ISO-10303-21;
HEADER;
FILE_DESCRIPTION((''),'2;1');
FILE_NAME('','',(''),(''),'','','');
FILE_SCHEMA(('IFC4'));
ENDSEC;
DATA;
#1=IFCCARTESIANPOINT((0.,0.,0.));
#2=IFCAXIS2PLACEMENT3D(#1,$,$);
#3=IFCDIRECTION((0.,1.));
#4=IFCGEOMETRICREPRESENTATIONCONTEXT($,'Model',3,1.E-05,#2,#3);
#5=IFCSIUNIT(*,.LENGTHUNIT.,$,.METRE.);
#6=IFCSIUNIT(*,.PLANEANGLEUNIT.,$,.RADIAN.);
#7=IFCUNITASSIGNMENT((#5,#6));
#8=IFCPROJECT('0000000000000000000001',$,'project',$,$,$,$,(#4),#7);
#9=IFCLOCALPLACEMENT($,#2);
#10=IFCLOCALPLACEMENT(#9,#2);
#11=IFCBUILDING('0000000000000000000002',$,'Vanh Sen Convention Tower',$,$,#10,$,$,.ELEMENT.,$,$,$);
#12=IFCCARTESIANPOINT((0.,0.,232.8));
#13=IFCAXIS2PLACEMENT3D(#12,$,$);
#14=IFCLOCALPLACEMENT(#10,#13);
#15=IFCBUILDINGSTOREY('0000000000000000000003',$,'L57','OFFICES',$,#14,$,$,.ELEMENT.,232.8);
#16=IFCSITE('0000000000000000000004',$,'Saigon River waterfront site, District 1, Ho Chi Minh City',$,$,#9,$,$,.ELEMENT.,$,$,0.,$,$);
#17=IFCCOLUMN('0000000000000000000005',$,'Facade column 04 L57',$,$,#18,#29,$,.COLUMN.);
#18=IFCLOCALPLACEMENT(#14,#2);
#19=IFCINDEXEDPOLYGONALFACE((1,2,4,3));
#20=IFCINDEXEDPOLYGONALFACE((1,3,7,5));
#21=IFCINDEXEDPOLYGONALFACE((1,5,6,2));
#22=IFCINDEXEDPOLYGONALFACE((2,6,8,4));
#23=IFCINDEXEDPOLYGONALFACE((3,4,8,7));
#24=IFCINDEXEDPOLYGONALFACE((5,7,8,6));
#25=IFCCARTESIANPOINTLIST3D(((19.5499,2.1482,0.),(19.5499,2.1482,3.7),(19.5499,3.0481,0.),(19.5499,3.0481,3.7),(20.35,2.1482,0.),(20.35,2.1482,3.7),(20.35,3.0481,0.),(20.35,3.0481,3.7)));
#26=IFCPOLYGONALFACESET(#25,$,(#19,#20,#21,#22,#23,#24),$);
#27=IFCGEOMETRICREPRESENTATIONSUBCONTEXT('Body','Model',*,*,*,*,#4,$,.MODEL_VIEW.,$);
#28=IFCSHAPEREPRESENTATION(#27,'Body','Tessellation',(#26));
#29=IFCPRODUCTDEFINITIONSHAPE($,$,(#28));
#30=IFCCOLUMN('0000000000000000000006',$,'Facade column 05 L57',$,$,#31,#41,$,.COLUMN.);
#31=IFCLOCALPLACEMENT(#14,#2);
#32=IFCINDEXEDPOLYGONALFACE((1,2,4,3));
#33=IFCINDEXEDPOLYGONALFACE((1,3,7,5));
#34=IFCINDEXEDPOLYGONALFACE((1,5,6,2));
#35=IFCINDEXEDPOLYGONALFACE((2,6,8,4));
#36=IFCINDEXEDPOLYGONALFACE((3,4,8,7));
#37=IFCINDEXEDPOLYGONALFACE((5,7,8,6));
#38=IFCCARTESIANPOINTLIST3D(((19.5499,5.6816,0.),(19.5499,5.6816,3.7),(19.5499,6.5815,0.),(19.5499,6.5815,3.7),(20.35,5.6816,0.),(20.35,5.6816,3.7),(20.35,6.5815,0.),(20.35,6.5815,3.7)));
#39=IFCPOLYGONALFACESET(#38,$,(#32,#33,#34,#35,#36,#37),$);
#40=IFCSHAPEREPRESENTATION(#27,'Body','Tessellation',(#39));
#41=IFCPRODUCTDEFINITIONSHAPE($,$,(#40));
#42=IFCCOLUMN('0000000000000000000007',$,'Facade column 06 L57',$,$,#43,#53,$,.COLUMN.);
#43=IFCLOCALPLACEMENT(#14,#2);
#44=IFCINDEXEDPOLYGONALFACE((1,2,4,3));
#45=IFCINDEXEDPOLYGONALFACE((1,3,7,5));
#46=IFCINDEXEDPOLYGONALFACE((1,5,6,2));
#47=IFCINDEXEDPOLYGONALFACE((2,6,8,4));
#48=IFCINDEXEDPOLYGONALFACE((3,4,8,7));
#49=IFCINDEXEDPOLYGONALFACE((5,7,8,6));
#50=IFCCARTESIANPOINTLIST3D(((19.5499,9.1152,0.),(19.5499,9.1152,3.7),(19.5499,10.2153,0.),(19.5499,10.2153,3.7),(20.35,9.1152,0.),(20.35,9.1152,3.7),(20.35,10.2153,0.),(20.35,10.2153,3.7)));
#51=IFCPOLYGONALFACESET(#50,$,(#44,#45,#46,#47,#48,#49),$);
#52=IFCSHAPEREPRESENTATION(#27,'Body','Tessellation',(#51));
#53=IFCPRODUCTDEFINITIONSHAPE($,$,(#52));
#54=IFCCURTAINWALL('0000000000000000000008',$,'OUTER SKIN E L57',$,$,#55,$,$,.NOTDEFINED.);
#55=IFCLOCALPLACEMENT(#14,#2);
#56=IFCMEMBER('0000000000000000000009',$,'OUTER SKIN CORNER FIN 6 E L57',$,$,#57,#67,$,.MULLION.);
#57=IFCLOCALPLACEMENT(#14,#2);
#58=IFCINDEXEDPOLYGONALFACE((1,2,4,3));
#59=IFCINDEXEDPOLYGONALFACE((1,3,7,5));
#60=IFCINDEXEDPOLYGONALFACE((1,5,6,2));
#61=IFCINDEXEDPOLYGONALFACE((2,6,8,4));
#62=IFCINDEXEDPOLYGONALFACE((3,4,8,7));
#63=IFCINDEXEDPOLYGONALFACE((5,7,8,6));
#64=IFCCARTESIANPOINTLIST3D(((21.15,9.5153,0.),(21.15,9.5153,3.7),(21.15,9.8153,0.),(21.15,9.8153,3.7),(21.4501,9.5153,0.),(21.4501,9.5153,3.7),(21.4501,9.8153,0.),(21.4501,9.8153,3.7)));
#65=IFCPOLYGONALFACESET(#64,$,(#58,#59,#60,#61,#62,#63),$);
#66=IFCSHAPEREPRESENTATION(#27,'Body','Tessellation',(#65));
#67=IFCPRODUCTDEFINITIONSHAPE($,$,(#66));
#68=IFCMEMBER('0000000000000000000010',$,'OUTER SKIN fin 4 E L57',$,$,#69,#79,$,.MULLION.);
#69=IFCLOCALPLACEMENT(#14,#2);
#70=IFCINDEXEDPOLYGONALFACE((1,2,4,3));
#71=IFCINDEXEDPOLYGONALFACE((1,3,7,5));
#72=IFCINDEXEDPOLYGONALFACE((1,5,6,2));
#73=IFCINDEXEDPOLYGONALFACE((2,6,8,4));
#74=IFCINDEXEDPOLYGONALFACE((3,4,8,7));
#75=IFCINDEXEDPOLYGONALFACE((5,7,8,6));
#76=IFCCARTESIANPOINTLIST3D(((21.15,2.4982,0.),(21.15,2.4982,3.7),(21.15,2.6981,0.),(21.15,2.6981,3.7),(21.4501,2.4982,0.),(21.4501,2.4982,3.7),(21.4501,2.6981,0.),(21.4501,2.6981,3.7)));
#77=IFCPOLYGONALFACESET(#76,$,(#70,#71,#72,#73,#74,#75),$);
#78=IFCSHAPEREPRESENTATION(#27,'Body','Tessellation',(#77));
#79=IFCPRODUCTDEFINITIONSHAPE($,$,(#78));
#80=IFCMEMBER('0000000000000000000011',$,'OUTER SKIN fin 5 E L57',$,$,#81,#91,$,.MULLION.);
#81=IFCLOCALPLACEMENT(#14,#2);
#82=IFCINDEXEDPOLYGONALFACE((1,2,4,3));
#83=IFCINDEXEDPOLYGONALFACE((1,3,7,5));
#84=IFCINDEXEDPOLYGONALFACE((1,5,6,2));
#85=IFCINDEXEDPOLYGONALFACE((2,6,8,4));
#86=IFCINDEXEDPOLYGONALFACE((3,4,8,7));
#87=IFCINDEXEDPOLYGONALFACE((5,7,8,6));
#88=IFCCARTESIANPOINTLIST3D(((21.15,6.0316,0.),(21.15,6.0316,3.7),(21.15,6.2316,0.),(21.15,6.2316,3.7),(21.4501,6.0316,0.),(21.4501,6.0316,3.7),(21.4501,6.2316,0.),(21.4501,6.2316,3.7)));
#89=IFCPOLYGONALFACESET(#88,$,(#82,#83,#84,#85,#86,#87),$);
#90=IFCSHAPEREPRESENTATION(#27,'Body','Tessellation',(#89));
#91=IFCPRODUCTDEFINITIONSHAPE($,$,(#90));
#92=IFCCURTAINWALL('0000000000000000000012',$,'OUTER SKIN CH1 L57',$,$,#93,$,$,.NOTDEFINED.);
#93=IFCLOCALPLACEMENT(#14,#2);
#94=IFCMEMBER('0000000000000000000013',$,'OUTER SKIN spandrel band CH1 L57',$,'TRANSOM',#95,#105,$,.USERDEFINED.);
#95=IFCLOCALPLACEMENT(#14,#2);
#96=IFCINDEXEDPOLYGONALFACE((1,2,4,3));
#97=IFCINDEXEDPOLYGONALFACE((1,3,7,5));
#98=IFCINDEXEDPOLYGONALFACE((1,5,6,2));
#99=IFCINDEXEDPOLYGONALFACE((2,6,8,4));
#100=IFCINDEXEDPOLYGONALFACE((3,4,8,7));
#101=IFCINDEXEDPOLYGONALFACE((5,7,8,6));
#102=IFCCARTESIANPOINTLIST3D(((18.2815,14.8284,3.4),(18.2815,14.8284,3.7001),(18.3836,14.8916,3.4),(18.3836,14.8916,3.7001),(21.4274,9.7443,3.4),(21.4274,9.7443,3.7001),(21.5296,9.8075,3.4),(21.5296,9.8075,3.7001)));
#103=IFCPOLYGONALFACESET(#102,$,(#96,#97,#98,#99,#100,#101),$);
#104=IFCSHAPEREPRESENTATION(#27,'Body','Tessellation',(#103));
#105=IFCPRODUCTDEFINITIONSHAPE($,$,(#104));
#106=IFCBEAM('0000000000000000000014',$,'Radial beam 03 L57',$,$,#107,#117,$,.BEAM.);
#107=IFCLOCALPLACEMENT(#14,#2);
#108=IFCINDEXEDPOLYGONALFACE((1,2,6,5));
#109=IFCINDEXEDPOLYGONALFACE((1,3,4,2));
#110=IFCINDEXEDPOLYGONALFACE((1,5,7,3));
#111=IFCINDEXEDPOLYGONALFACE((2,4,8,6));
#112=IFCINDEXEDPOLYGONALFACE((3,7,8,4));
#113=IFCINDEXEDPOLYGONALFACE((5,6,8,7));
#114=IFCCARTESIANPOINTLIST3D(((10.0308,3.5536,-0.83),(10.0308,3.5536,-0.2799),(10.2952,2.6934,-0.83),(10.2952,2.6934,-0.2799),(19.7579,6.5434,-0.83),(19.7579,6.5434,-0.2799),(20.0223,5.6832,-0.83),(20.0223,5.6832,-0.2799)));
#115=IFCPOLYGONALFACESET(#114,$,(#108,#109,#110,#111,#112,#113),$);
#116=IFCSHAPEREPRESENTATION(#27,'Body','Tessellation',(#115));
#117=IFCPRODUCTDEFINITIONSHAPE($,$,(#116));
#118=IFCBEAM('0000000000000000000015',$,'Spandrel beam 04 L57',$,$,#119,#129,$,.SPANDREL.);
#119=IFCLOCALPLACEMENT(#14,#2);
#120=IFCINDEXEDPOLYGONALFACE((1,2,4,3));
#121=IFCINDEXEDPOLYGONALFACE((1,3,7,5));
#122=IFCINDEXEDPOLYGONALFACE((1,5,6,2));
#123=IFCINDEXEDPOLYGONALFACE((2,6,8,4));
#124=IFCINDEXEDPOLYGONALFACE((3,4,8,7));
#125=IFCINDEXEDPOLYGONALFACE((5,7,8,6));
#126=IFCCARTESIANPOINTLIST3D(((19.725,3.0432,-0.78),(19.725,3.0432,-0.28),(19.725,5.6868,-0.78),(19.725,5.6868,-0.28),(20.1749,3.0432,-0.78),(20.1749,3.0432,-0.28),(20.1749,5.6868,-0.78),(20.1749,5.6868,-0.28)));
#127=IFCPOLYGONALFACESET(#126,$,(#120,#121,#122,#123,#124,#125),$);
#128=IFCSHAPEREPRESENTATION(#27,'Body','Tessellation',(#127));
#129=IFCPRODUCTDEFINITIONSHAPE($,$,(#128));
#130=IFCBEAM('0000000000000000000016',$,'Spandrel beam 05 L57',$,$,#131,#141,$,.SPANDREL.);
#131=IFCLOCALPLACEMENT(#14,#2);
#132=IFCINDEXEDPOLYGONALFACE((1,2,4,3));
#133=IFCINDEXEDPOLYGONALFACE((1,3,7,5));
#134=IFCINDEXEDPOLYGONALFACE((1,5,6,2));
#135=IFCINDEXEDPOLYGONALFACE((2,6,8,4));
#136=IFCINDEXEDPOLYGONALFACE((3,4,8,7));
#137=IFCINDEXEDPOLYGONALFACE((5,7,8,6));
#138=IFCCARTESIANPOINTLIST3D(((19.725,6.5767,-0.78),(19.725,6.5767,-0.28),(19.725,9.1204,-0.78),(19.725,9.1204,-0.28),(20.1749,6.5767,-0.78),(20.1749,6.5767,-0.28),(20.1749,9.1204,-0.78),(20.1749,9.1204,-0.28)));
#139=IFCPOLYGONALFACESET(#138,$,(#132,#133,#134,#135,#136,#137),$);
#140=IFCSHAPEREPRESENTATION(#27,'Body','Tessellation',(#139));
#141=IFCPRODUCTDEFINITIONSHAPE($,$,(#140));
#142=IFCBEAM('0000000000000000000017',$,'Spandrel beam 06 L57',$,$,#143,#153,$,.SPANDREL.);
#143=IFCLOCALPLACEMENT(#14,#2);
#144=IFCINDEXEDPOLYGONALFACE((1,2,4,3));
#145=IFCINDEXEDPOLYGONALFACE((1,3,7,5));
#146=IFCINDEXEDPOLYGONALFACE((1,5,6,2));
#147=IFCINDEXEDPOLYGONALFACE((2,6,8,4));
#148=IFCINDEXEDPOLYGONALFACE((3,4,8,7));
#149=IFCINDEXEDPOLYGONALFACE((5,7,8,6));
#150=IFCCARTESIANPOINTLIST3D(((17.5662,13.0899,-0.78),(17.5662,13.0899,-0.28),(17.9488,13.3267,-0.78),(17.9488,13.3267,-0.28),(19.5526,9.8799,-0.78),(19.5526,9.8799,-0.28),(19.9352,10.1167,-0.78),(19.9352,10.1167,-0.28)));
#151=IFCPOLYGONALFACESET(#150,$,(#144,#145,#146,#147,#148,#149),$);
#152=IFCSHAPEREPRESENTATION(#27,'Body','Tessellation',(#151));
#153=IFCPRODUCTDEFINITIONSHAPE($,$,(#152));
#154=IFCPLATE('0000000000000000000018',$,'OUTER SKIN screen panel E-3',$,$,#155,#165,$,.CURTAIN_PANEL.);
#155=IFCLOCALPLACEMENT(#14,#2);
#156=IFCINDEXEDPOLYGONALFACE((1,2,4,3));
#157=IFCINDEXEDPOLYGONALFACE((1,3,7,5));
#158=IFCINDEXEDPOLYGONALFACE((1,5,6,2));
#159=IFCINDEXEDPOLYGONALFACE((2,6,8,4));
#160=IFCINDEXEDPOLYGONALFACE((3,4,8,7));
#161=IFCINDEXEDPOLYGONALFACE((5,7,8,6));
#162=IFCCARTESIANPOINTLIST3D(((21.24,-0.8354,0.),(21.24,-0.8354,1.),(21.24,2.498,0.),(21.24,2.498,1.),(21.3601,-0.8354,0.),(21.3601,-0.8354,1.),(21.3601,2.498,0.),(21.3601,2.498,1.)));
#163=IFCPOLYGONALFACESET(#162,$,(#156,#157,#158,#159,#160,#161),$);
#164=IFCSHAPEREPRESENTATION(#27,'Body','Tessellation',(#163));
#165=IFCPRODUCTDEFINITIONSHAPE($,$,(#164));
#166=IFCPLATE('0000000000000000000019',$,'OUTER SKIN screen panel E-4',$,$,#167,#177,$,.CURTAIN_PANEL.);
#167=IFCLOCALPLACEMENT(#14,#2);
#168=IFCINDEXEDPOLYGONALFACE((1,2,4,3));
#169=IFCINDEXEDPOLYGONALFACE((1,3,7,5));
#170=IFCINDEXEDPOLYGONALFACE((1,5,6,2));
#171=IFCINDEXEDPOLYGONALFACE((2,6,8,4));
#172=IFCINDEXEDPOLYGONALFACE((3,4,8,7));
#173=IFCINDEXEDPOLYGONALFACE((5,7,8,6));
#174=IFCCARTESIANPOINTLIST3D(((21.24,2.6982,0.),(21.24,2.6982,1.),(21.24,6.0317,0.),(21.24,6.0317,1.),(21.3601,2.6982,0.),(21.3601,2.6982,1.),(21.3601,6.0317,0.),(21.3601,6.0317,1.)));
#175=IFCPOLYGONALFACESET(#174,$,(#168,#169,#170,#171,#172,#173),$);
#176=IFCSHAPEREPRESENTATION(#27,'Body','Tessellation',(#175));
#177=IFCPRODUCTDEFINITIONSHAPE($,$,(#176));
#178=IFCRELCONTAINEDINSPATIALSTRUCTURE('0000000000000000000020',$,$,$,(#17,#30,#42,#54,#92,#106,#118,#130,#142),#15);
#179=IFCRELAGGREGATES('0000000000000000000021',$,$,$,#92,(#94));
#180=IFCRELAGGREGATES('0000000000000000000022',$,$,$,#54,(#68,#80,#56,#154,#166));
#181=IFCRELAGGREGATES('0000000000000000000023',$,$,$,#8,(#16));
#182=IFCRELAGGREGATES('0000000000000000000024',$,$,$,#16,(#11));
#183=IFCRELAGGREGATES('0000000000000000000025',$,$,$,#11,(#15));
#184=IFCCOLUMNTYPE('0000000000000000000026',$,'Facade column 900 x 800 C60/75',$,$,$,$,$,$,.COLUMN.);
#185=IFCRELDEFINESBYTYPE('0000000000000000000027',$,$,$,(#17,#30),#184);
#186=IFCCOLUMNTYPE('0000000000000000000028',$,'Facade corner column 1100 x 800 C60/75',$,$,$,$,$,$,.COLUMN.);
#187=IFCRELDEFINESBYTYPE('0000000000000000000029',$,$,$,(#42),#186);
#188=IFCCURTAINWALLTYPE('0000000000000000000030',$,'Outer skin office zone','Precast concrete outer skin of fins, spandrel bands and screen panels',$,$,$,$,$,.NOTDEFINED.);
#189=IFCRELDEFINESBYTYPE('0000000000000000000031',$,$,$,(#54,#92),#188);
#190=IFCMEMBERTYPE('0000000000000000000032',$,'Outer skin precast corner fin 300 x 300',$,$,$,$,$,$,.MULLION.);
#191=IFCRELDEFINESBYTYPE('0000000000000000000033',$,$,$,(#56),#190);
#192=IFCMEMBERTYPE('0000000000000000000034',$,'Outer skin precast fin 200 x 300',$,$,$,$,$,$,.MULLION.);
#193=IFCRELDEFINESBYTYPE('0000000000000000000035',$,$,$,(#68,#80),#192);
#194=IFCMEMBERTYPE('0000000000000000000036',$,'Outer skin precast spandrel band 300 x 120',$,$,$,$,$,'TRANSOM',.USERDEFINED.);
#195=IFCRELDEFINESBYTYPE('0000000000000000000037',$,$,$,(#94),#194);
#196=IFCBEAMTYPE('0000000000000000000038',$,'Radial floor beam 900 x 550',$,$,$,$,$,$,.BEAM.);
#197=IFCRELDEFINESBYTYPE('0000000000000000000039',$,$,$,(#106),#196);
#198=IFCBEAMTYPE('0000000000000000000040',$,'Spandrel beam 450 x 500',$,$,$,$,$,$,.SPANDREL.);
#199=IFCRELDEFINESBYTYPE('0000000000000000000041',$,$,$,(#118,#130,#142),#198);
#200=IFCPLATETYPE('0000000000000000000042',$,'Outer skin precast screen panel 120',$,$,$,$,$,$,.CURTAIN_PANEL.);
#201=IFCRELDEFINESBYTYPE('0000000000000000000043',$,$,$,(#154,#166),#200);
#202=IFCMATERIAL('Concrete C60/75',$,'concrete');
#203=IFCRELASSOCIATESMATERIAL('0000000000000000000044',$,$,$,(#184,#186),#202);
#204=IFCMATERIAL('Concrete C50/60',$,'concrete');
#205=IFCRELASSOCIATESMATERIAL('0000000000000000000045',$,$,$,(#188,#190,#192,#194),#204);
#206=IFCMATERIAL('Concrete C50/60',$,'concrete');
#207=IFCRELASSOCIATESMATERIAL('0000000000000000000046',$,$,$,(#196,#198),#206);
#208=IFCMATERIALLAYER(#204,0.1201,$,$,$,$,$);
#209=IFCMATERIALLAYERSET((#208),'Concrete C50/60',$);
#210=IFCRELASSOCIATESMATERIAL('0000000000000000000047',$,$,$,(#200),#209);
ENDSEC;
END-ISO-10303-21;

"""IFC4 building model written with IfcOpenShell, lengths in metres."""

from ifc_helpers import new_model, si_unit, direction, frame, origin, origin_2d, place, context, subcontext, project, spatial, rectangle, extrude, material, layer, layer_set, material_profile, profile_set, type_object, element, aggregate, save


model = new_model("IFC4")

# Units and contexts
model_context = context("Model", 3, precision=1e-05, world=origin(), true_north=direction((0.0, 1.0)))
body_context = subcontext(model_context, "Body", "Model", "MODEL_VIEW")
ifc_project = project(units=[si_unit("LENGTHUNIT", "METRE"), si_unit("PLANEANGLEUNIT", "RADIAN")], contexts=[model_context])

# Site, building, storey
site_placement = place(None, origin())
site = spatial("IfcSite", under=ifc_project, at=site_placement, Name="Saigon River waterfront site, District 1, Ho Chi Minh City", CompositionType="ELEMENT", RefElevation=0.0)
building_placement = place(site_placement, origin())
building = spatial("IfcBuilding", under=site, at=building_placement, Name="Vanh Sen Convention Tower", CompositionType="ELEMENT")
storey_placement = place(building_placement, frame((0.0, 0.0, 232.8)))
storey = spatial("IfcBuildingStorey", under=building, at=storey_placement, Name="L57", Description="OFFICES", CompositionType="ELEMENT", Elevation=232.8)

# Columns
ifc_material_1 = material(Name="Concrete C60/75", Category="concrete")
ifc_material_profile_1 = material_profile(ifc_material_1, rectangle(XDim=0.8999, YDim=0.8, at=origin_2d()), Name="RC 900X800")
ifc_profile_set_1 = profile_set([ifc_material_profile_1], Name="Concrete C60/75")
column_type_1 = type_object("IfcColumnType", Name="Facade column 900 x 800 C60/75", PredefinedType="COLUMN", material=ifc_profile_set_1)
for number, where, z_axis, x_axis, name in (
    (1, (19.95, 2.5981, 0.0), (0.0, 0.0, 1.0), (0.0, 1.0, 0.0), "Facade column 04 L57"),
    (2, (19.95, 6.1316, 0.0), (0.0, 0.0, 1.0), (0.0, 1.0, 0.0), "Facade column 05 L57"),
):
    element("IfcColumn", number, at=place(storey_placement, frame(where, z_axis=z_axis, x_axis=x_axis)), inside=storey, type_object=column_type_1, Name=name, PredefinedType="COLUMN", context=body_context, shape_type="SweptSolid", body=[
        extrude(rectangle(XDim=0.8999, YDim=0.8, at=origin_2d()), origin(), (0.0, 0.0, 1.0), 3.7),
    ])
ifc_material_profile_2 = material_profile(ifc_material_1, rectangle(XDim=1.1001, YDim=0.8, at=origin_2d()), Name="RC 1100X800")
ifc_profile_set_2 = profile_set([ifc_material_profile_2], Name="Concrete C60/75")
column_type_2 = type_object("IfcColumnType", Name="Facade corner column 1100 x 800 C60/75", PredefinedType="COLUMN", material=ifc_profile_set_2)
column_placement = place(storey_placement, frame((19.95, 9.6653, 0.0), z_axis=(0.0, 0.0, 1.0), x_axis=(0.0, 1.0, 0.0)))
element("IfcColumn", 3, at=column_placement, inside=storey, type_object=column_type_2, Name="Facade column 06 L57", PredefinedType="COLUMN", context=body_context, shape_type="SweptSolid", body=[
    extrude(rectangle(XDim=1.1001, YDim=0.8, at=origin_2d()), origin(), (0.0, 0.0, 1.0), 3.7),
])

# Curtain wall, members
ifc_material_2 = material(Name="Concrete C50/60", Category="concrete")
curtain_wall_type = type_object("IfcCurtainWallType", Name="Outer skin office zone", Description="Precast concrete outer skin of fins, spandrel bands and screen panels", PredefinedType="NOTDEFINED", material=ifc_material_2)
curtain_wall_1_placement = place(storey_placement, origin())
curtain_wall_1 = element("IfcCurtainWall", 4, at=curtain_wall_1_placement, inside=storey, type_object=curtain_wall_type, Name="OUTER SKIN E L57", PredefinedType="NOTDEFINED")
ifc_material_profile_3 = material_profile(ifc_material_2, rectangle(XDim=0.3, YDim=0.3, at=origin_2d()), Name="Outer skin precast corner fin 300 x 300")
ifc_profile_set_3 = profile_set([ifc_material_profile_3], Name="Concrete C50/60")
member_type_1 = type_object("IfcMemberType", Name="Outer skin precast corner fin 300 x 300", PredefinedType="MULLION", material=ifc_profile_set_3)
member_1_placement = place(storey_placement, frame((21.3, 9.6653, 0.0), z_axis=(0.0, 0.0, 1.0), x_axis=(0.0, 1.0, 0.0)))
member_1 = element("IfcMember", 5, at=member_1_placement, type_object=member_type_1, Name="OUTER SKIN CORNER FIN 6 E L57", PredefinedType="MULLION", context=body_context, shape_type="SweptSolid", body=[
    extrude(rectangle(XDim=0.3, YDim=0.3, at=origin_2d()), origin(), (0.0, 0.0, 1.0), 3.7),
])
ifc_material_profile_4 = material_profile(ifc_material_2, rectangle(XDim=0.2, YDim=0.3, at=origin_2d()), Name="Outer skin precast fin 200 x 300")
ifc_profile_set_4 = profile_set([ifc_material_profile_4], Name="Concrete C50/60")
member_type_2 = type_object("IfcMemberType", Name="Outer skin precast fin 200 x 300", PredefinedType="MULLION", material=ifc_profile_set_4)
member_2_placement = place(storey_placement, frame((21.3, 2.5981, 0.0), z_axis=(0.0, 0.0, 1.0), x_axis=(0.0, 1.0, 0.0)))
member_2 = element("IfcMember", 6, at=member_2_placement, type_object=member_type_2, Name="OUTER SKIN fin 4 E L57", PredefinedType="MULLION", context=body_context, shape_type="SweptSolid", body=[
    extrude(rectangle(XDim=0.2, YDim=0.3, at=origin_2d()), origin(), (0.0, 0.0, 1.0), 3.7),
])
member_3_placement = place(storey_placement, frame((21.3, 6.1316, 0.0), z_axis=(0.0, 0.0, 1.0), x_axis=(0.0, 1.0, 0.0)))
member_3 = element("IfcMember", 7, at=member_3_placement, type_object=member_type_2, Name="OUTER SKIN fin 5 E L57", PredefinedType="MULLION", context=body_context, shape_type="SweptSolid", body=[
    extrude(rectangle(XDim=0.2, YDim=0.3, at=origin_2d()), origin(), (0.0, 0.0, 1.0), 3.7),
])

# Curtain wall, member
curtain_wall_2_placement = place(storey_placement, origin())
curtain_wall_2 = element("IfcCurtainWall", 8, at=curtain_wall_2_placement, inside=storey, type_object=curtain_wall_type, Name="OUTER SKIN CH1 L57", PredefinedType="NOTDEFINED")
ifc_material_profile_5 = material_profile(ifc_material_2, rectangle(XDim=0.1201, YDim=0.3, at=origin_2d()), Name="Outer skin precast spandrel band 300 x 120")
ifc_profile_set_5 = profile_set([ifc_material_profile_5], Name="Concrete C50/60")
member_type_3 = type_object("IfcMemberType", Name="Outer skin precast spandrel band 300 x 120", ElementType="TRANSOM", PredefinedType="USERDEFINED", material=ifc_profile_set_5)
member_4_placement = place(storey_placement, frame((21.4785, 9.7759, 3.55), z_axis=(-0.526187, 0.850369, 0.0), x_axis=(-0.850369, -0.526187, 0.0)))
member_4 = element("IfcMember", 9, at=member_4_placement, type_object=member_type_3, Name="OUTER SKIN spandrel band CH1 L57", ObjectType="TRANSOM", PredefinedType="USERDEFINED", context=body_context, shape_type="SweptSolid", body=[
    extrude(rectangle(XDim=0.1201, YDim=0.3, at=origin_2d()), origin(), (0.0, 0.0, 1.0), 5.9788),
])
aggregate(curtain_wall_2, [member_4])

# Beams
ifc_material_3 = material(Name="Concrete C50/60", Category="concrete")
ifc_material_profile_6 = material_profile(ifc_material_3, rectangle(XDim=0.8999, YDim=0.55, at=origin_2d()), Name="RC 900X550")
ifc_profile_set_6 = profile_set([ifc_material_profile_6], Name="Concrete C50/60")
beam_type_1 = type_object("IfcBeamType", Name="Radial floor beam 900 x 550", PredefinedType="BEAM", material=ifc_profile_set_6)
beam_1_placement = place(storey_placement, frame((19.8901, 6.1133, -0.5549), z_axis=(-0.955867, -0.293799, 0.0), x_axis=(0.293799, -0.955867, 0.0)))
element("IfcBeam", 10, at=beam_1_placement, inside=storey, type_object=beam_type_1, Name="Radial beam 03 L57", PredefinedType="BEAM", context=body_context, shape_type="SweptSolid", body=[
    extrude(rectangle(XDim=0.8999, YDim=0.55, at=origin_2d()), origin(), (0.0, 0.0, 1.0), 10.1763),
])
ifc_material_profile_7 = material_profile(ifc_material_3, rectangle(XDim=0.45, YDim=0.5, at=origin_2d()), Name="RC 450X500")
ifc_profile_set_7 = profile_set([ifc_material_profile_7], Name="Concrete C50/60")
beam_type_2 = type_object("IfcBeamType", Name="Spandrel beam 450 x 500", PredefinedType="SPANDREL", material=ifc_profile_set_7)
beam_2_placement = place(storey_placement, frame((19.95, 3.0432, -0.53), z_axis=(0.0, 1.0, 0.0), x_axis=(-1.0, 0.0, 0.0)))
element("IfcBeam", 11, at=beam_2_placement, inside=storey, type_object=beam_type_2, Name="Spandrel beam 04 L57", PredefinedType="SPANDREL", context=body_context, shape_type="SweptSolid", body=[
    extrude(rectangle(XDim=0.45, YDim=0.5, at=origin_2d()), origin(), (0.0, 0.0, 1.0), 2.6436),
])
beam_3_placement = place(storey_placement, frame((19.95, 6.5767, -0.53), z_axis=(0.0, 1.0, 0.0), x_axis=(-1.0, 0.0, 0.0)))
element("IfcBeam", 12, at=beam_3_placement, inside=storey, type_object=beam_type_2, Name="Spandrel beam 05 L57", PredefinedType="SPANDREL", context=body_context, shape_type="SweptSolid", body=[
    extrude(rectangle(XDim=0.45, YDim=0.5, at=origin_2d()), origin(), (0.0, 0.0, 1.0), 2.5437),
])
beam_4_placement = place(storey_placement, frame((19.7439, 9.9983, -0.53), z_axis=(-0.526203, 0.850359, 0.0), x_axis=(-0.850359, -0.526203, 0.0)))
element("IfcBeam", 13, at=beam_4_placement, inside=storey, type_object=beam_type_2, Name="Spandrel beam 06 L57", PredefinedType="SPANDREL", context=body_context, shape_type="SweptSolid", body=[
    extrude(rectangle(XDim=0.45, YDim=0.5, at=origin_2d()), origin(), (0.0, 0.0, 1.0), 3.7749),
])

# Plates
ifc_layer_1 = layer(ifc_material_2, 0.1201)
ifc_layer_set_1 = layer_set([ifc_layer_1], Name="Concrete C50/60")
plate_type = type_object("IfcPlateType", Name="Outer skin precast screen panel 120", PredefinedType="CURTAIN_PANEL", material=ifc_layer_set_1)
plate_1_placement = place(storey_placement, frame((21.3, 0.8313, 0.0), z_axis=(0.0, 0.0, 1.0), x_axis=(0.0, 1.0, 0.0)))
plate_1 = element("IfcPlate", 14, at=plate_1_placement, type_object=plate_type, Name="OUTER SKIN screen panel E-3", PredefinedType="CURTAIN_PANEL", context=body_context, shape_type="SweptSolid", body=[
    extrude(rectangle(XDim=3.3335, YDim=0.1201, at=origin_2d()), origin(), (0.0, 0.0, 1.0), 1.0),
])
plate_2_placement = place(storey_placement, frame((21.3, 4.365, 0.0), z_axis=(0.0, 0.0, 1.0), x_axis=(0.0, 1.0, 0.0)))
plate_2 = element("IfcPlate", 15, at=plate_2_placement, type_object=plate_type, Name="OUTER SKIN screen panel E-4", PredefinedType="CURTAIN_PANEL", context=body_context, shape_type="SweptSolid", body=[
    extrude(rectangle(XDim=3.3335, YDim=0.1201, at=origin_2d()), origin(), (0.0, 0.0, 1.0), 1.0),
])
aggregate(curtain_wall_1, [member_2, member_3, member_1, plate_1, plate_2])

save(model, "model.ifc")
